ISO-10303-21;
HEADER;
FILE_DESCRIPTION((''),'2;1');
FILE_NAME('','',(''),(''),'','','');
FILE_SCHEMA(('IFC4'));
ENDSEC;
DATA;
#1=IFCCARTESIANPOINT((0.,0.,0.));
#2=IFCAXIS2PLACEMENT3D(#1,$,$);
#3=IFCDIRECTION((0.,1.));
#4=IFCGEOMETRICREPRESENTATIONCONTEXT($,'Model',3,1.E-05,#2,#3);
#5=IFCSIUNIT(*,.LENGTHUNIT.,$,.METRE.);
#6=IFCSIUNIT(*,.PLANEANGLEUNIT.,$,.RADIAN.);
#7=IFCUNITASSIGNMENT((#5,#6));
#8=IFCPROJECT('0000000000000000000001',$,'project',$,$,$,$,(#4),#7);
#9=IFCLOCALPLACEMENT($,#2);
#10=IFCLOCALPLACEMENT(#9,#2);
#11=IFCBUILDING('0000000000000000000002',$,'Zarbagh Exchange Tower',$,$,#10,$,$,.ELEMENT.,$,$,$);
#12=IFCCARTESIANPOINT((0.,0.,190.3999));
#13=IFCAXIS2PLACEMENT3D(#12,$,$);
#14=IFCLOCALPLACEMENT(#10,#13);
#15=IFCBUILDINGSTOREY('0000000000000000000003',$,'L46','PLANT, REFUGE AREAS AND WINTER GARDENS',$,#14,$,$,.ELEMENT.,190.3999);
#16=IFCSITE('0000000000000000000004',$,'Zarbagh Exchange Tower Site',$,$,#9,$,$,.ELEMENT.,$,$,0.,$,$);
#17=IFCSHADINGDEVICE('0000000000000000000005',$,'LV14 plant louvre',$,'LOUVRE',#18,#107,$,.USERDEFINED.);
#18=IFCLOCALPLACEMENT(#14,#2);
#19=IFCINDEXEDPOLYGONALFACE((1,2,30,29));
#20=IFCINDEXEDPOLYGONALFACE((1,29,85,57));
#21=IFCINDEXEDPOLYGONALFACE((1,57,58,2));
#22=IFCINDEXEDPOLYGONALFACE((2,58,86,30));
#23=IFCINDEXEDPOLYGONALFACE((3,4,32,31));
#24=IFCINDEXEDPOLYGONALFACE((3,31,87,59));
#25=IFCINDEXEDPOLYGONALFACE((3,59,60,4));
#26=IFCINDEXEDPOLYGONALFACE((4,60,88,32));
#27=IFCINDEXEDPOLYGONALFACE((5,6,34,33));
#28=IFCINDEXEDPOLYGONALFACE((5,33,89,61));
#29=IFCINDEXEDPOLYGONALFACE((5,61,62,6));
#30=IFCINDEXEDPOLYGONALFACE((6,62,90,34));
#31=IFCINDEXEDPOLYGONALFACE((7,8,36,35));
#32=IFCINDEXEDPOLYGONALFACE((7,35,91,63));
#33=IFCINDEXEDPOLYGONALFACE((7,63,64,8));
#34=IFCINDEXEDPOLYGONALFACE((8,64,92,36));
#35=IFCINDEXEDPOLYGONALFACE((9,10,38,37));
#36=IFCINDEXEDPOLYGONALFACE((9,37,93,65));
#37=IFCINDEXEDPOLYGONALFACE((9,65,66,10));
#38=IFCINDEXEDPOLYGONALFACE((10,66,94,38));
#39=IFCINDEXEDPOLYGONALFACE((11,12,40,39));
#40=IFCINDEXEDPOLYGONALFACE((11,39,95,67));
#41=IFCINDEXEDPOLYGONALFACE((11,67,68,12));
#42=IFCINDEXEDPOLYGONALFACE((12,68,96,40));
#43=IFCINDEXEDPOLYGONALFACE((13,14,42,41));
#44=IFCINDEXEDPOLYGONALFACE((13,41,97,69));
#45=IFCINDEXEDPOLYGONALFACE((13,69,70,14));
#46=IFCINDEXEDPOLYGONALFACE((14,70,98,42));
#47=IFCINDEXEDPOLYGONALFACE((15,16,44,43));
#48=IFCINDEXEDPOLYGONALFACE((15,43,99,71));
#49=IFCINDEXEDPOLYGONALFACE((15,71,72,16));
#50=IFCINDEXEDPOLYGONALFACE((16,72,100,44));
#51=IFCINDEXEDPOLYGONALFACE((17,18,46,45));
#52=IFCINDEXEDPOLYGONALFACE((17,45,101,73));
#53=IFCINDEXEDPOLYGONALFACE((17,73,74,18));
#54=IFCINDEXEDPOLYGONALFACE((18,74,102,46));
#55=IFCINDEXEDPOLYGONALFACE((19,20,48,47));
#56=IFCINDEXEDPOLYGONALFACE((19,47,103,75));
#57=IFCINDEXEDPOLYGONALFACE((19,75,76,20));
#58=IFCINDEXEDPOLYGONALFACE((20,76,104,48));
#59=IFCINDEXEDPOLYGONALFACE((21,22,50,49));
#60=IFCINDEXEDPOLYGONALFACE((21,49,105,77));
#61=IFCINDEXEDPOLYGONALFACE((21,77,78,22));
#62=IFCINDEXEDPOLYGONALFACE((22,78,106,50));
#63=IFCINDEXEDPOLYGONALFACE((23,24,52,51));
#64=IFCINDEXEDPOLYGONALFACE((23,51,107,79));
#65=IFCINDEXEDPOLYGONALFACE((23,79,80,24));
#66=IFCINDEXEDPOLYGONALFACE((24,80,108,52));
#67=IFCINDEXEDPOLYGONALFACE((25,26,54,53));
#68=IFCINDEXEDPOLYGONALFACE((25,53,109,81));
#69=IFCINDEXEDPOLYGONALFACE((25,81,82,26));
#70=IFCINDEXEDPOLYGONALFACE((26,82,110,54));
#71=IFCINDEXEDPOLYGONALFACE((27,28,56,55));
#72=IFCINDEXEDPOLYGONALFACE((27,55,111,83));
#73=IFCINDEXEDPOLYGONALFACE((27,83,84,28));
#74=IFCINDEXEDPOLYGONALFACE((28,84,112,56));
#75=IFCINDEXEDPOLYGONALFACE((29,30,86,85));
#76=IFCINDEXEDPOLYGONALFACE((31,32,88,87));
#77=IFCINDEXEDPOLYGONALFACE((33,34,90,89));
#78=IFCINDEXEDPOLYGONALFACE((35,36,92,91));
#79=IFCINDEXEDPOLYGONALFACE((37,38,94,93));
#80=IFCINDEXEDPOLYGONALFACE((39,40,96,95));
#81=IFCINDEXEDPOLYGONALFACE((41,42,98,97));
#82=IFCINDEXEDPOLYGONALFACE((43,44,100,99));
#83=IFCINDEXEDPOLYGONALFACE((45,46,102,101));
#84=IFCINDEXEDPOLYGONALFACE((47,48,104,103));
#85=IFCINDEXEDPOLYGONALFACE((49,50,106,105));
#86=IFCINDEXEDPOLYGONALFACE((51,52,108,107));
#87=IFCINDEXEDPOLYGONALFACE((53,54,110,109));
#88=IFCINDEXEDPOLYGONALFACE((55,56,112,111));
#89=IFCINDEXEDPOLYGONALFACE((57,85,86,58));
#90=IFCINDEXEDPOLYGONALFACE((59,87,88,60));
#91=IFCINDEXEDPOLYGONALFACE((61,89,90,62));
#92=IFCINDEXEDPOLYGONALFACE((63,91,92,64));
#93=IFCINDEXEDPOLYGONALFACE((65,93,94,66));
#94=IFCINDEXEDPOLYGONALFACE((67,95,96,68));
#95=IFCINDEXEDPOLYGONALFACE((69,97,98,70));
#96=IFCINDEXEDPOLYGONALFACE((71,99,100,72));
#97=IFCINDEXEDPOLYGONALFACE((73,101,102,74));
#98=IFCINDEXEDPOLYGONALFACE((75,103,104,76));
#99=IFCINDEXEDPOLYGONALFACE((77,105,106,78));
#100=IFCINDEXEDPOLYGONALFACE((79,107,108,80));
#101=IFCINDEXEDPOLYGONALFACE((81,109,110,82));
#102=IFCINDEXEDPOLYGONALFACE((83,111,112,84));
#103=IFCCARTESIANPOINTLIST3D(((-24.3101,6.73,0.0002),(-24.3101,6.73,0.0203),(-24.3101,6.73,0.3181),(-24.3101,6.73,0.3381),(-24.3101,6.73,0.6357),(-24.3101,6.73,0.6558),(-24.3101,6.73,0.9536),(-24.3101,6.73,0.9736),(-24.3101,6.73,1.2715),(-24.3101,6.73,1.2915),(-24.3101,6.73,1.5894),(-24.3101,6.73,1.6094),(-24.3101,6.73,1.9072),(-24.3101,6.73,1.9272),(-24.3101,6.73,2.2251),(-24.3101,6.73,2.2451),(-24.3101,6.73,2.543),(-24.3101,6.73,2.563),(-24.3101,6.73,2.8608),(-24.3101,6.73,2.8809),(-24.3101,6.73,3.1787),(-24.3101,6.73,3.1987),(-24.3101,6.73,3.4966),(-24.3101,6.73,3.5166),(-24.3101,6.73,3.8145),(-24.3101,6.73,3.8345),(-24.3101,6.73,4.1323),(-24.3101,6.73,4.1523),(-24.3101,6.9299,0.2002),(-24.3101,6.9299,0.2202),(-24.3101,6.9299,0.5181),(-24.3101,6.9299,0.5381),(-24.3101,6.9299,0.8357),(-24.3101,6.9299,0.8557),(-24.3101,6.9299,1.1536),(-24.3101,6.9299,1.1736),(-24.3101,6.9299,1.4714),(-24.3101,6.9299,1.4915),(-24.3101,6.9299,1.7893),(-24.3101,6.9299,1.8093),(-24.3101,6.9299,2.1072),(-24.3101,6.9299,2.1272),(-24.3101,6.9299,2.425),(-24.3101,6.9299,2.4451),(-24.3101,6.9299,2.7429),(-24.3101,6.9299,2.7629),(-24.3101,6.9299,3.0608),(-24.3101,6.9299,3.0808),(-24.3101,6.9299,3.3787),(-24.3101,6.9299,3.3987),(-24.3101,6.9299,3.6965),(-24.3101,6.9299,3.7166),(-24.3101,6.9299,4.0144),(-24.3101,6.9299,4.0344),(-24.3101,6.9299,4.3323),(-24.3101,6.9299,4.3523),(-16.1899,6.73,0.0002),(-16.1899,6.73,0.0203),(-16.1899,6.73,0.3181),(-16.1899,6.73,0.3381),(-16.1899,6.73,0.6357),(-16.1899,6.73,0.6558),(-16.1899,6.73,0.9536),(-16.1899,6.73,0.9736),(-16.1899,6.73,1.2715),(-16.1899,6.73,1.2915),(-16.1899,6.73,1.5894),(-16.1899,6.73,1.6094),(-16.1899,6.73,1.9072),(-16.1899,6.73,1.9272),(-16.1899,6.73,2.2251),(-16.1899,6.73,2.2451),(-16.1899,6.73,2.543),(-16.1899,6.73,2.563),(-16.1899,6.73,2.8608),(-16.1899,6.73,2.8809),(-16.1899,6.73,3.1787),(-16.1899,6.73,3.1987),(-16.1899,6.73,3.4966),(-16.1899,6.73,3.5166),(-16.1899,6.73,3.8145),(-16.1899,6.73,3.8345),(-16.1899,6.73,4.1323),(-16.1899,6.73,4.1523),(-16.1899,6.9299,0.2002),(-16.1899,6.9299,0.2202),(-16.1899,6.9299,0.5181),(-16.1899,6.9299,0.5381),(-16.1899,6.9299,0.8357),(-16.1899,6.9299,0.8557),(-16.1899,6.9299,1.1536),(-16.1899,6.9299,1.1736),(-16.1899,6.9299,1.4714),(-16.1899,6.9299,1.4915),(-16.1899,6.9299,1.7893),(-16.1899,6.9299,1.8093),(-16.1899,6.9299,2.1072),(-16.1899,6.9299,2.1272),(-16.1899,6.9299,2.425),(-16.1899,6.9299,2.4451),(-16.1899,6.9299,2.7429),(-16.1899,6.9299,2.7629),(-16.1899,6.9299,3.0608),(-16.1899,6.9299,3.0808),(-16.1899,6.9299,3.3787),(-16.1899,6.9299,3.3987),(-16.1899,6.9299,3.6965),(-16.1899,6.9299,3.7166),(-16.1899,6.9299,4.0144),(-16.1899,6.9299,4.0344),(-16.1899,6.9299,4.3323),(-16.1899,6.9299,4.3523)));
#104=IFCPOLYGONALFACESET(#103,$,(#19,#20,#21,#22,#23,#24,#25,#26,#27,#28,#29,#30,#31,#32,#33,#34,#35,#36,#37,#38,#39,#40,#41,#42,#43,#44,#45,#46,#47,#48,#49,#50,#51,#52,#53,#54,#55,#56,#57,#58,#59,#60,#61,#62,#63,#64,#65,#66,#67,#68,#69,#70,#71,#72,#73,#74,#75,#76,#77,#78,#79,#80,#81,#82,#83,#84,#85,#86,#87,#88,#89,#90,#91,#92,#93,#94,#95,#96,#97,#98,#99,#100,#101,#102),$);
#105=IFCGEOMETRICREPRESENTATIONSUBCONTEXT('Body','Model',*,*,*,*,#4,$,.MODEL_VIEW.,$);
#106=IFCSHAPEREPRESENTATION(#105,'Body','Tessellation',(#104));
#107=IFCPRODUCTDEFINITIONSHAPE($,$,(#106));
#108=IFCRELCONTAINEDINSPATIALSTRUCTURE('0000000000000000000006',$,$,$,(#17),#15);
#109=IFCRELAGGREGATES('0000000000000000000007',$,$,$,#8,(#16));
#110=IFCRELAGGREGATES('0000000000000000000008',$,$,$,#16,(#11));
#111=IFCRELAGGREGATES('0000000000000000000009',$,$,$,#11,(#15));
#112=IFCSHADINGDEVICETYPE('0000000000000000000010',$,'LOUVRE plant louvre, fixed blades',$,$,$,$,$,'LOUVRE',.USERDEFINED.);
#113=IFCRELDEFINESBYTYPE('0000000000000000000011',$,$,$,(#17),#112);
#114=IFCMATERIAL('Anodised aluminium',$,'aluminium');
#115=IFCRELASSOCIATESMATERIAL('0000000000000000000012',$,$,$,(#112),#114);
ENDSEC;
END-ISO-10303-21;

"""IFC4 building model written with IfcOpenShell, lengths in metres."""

from ifc_helpers import new_model, si_unit, direction, frame, origin, place, context, subcontext, project, spatial, polyline, outline, extrude, source, transform, mapped, material, type_object, element, save


model = new_model("IFC4")

# Units and contexts
model_context = context("Model", 3, precision=1e-05, world=origin(), true_north=direction((0.0, 1.0)))
body_context = subcontext(model_context, "Body", "Model", "MODEL_VIEW")
ifc_project = project(units=[si_unit("LENGTHUNIT", "METRE"), si_unit("PLANEANGLEUNIT", "RADIAN")], contexts=[model_context])

# Site, building, storey
site_placement = place(None, origin())
site = spatial("IfcSite", under=ifc_project, at=site_placement, Name="Zarbagh Exchange Tower Site", CompositionType="ELEMENT", RefElevation=0.0)
building_placement = place(site_placement, origin())
building = spatial("IfcBuilding", under=site, at=building_placement, Name="Zarbagh Exchange Tower", CompositionType="ELEMENT")
storey_placement = place(building_placement, frame((0.0, 0.0, 190.3999)))
storey = spatial("IfcBuildingStorey", under=building, at=storey_placement, Name="L46", Description="PLANT, REFUGE AREAS AND WINTER GARDENS", CompositionType="ELEMENT", Elevation=190.3999)

# Shared definitions
placement = place(storey_placement, origin())

# Shared definitions
ifc_material_1 = material(Name="Anodised aluminium", Category="aluminium")
shading_device_type = type_object("IfcShadingDeviceType", Name="LOUVRE plant louvre, fixed blades", ElementType="LOUVRE", PredefinedType="USERDEFINED", material=ifc_material_1)

# Shading device
shared_shape_1 = source(origin(), body_context, "Body", "SweptSolid", [
    extrude(outline(polyline([(0.0, 0.2), (0.2, 0.0), (0.2, -0.02), (0.0, 0.1799), (0.0, 0.2)])), origin(), (0.0, 0.0, 1.0), 8.1201),
])
element("IfcShadingDevice", 1, at=placement, inside=storey, type_object=shading_device_type, Name="LV14 plant louvre", ObjectType="LOUVRE", PredefinedType="USERDEFINED", context=body_context, shape_type="MappedRepresentation", body=[
    mapped(shared_shape_1, transform((-16.1899, 6.73, 0.2002), x_axis=(0.0, 1.0, 0.0), y_axis=(0.0, 0.0, -1.0), z_axis=(-1.0, 0.0, 0.0))),
    mapped(shared_shape_1, transform((-16.1899, 6.73, 0.5181), x_axis=(0.0, 1.0, 0.0), y_axis=(0.0, 0.0, -1.0), z_axis=(-1.0, 0.0, 0.0))),
    mapped(shared_shape_1, transform((-16.1899, 6.73, 0.8357), x_axis=(0.0, 1.0, 0.0), y_axis=(0.0, 0.0, -1.0), z_axis=(-1.0, 0.0, 0.0))),
    mapped(shared_shape_1, transform((-16.1899, 6.73, 1.1536), x_axis=(0.0, 1.0, 0.0), y_axis=(0.0, 0.0, -1.0), z_axis=(-1.0, 0.0, 0.0))),
    mapped(shared_shape_1, transform((-16.1899, 6.73, 1.4714), x_axis=(0.0, 1.0, 0.0), y_axis=(0.0, 0.0, -1.0), z_axis=(-1.0, 0.0, 0.0))),
    mapped(shared_shape_1, transform((-16.1899, 6.73, 1.7893), x_axis=(0.0, 1.0, 0.0), y_axis=(0.0, 0.0, -1.0), z_axis=(-1.0, 0.0, 0.0))),
    mapped(shared_shape_1, transform((-16.1899, 6.73, 2.1072), x_axis=(0.0, 1.0, 0.0), y_axis=(0.0, 0.0, -1.0), z_axis=(-1.0, 0.0, 0.0))),
    mapped(shared_shape_1, transform((-16.1899, 6.73, 2.425), x_axis=(0.0, 1.0, 0.0), y_axis=(0.0, 0.0, -1.0), z_axis=(-1.0, 0.0, 0.0))),
    mapped(shared_shape_1, transform((-16.1899, 6.73, 2.7429), x_axis=(0.0, 1.0, 0.0), y_axis=(0.0, 0.0, -1.0), z_axis=(-1.0, 0.0, 0.0))),
    mapped(shared_shape_1, transform((-16.1899, 6.73, 3.0608), x_axis=(0.0, 1.0, 0.0), y_axis=(0.0, 0.0, -1.0), z_axis=(-1.0, 0.0, 0.0))),
    mapped(shared_shape_1, transform((-16.1899, 6.73, 3.3787), x_axis=(0.0, 1.0, 0.0), y_axis=(0.0, 0.0, -1.0), z_axis=(-1.0, 0.0, 0.0))),
    mapped(shared_shape_1, transform((-16.1899, 6.73, 3.6965), x_axis=(0.0, 1.0, 0.0), y_axis=(0.0, 0.0, -1.0), z_axis=(-1.0, 0.0, 0.0))),
    mapped(shared_shape_1, transform((-16.1899, 6.73, 4.0144), x_axis=(0.0, 1.0, 0.0), y_axis=(0.0, 0.0, -1.0), z_axis=(-1.0, 0.0, 0.0))),
    mapped(shared_shape_1, transform((-16.1899, 6.73, 4.3323), x_axis=(0.0, 1.0, 0.0), y_axis=(0.0, 0.0, -1.0), z_axis=(-1.0, 0.0, 0.0))),
])

save(model, "model.ifc")
